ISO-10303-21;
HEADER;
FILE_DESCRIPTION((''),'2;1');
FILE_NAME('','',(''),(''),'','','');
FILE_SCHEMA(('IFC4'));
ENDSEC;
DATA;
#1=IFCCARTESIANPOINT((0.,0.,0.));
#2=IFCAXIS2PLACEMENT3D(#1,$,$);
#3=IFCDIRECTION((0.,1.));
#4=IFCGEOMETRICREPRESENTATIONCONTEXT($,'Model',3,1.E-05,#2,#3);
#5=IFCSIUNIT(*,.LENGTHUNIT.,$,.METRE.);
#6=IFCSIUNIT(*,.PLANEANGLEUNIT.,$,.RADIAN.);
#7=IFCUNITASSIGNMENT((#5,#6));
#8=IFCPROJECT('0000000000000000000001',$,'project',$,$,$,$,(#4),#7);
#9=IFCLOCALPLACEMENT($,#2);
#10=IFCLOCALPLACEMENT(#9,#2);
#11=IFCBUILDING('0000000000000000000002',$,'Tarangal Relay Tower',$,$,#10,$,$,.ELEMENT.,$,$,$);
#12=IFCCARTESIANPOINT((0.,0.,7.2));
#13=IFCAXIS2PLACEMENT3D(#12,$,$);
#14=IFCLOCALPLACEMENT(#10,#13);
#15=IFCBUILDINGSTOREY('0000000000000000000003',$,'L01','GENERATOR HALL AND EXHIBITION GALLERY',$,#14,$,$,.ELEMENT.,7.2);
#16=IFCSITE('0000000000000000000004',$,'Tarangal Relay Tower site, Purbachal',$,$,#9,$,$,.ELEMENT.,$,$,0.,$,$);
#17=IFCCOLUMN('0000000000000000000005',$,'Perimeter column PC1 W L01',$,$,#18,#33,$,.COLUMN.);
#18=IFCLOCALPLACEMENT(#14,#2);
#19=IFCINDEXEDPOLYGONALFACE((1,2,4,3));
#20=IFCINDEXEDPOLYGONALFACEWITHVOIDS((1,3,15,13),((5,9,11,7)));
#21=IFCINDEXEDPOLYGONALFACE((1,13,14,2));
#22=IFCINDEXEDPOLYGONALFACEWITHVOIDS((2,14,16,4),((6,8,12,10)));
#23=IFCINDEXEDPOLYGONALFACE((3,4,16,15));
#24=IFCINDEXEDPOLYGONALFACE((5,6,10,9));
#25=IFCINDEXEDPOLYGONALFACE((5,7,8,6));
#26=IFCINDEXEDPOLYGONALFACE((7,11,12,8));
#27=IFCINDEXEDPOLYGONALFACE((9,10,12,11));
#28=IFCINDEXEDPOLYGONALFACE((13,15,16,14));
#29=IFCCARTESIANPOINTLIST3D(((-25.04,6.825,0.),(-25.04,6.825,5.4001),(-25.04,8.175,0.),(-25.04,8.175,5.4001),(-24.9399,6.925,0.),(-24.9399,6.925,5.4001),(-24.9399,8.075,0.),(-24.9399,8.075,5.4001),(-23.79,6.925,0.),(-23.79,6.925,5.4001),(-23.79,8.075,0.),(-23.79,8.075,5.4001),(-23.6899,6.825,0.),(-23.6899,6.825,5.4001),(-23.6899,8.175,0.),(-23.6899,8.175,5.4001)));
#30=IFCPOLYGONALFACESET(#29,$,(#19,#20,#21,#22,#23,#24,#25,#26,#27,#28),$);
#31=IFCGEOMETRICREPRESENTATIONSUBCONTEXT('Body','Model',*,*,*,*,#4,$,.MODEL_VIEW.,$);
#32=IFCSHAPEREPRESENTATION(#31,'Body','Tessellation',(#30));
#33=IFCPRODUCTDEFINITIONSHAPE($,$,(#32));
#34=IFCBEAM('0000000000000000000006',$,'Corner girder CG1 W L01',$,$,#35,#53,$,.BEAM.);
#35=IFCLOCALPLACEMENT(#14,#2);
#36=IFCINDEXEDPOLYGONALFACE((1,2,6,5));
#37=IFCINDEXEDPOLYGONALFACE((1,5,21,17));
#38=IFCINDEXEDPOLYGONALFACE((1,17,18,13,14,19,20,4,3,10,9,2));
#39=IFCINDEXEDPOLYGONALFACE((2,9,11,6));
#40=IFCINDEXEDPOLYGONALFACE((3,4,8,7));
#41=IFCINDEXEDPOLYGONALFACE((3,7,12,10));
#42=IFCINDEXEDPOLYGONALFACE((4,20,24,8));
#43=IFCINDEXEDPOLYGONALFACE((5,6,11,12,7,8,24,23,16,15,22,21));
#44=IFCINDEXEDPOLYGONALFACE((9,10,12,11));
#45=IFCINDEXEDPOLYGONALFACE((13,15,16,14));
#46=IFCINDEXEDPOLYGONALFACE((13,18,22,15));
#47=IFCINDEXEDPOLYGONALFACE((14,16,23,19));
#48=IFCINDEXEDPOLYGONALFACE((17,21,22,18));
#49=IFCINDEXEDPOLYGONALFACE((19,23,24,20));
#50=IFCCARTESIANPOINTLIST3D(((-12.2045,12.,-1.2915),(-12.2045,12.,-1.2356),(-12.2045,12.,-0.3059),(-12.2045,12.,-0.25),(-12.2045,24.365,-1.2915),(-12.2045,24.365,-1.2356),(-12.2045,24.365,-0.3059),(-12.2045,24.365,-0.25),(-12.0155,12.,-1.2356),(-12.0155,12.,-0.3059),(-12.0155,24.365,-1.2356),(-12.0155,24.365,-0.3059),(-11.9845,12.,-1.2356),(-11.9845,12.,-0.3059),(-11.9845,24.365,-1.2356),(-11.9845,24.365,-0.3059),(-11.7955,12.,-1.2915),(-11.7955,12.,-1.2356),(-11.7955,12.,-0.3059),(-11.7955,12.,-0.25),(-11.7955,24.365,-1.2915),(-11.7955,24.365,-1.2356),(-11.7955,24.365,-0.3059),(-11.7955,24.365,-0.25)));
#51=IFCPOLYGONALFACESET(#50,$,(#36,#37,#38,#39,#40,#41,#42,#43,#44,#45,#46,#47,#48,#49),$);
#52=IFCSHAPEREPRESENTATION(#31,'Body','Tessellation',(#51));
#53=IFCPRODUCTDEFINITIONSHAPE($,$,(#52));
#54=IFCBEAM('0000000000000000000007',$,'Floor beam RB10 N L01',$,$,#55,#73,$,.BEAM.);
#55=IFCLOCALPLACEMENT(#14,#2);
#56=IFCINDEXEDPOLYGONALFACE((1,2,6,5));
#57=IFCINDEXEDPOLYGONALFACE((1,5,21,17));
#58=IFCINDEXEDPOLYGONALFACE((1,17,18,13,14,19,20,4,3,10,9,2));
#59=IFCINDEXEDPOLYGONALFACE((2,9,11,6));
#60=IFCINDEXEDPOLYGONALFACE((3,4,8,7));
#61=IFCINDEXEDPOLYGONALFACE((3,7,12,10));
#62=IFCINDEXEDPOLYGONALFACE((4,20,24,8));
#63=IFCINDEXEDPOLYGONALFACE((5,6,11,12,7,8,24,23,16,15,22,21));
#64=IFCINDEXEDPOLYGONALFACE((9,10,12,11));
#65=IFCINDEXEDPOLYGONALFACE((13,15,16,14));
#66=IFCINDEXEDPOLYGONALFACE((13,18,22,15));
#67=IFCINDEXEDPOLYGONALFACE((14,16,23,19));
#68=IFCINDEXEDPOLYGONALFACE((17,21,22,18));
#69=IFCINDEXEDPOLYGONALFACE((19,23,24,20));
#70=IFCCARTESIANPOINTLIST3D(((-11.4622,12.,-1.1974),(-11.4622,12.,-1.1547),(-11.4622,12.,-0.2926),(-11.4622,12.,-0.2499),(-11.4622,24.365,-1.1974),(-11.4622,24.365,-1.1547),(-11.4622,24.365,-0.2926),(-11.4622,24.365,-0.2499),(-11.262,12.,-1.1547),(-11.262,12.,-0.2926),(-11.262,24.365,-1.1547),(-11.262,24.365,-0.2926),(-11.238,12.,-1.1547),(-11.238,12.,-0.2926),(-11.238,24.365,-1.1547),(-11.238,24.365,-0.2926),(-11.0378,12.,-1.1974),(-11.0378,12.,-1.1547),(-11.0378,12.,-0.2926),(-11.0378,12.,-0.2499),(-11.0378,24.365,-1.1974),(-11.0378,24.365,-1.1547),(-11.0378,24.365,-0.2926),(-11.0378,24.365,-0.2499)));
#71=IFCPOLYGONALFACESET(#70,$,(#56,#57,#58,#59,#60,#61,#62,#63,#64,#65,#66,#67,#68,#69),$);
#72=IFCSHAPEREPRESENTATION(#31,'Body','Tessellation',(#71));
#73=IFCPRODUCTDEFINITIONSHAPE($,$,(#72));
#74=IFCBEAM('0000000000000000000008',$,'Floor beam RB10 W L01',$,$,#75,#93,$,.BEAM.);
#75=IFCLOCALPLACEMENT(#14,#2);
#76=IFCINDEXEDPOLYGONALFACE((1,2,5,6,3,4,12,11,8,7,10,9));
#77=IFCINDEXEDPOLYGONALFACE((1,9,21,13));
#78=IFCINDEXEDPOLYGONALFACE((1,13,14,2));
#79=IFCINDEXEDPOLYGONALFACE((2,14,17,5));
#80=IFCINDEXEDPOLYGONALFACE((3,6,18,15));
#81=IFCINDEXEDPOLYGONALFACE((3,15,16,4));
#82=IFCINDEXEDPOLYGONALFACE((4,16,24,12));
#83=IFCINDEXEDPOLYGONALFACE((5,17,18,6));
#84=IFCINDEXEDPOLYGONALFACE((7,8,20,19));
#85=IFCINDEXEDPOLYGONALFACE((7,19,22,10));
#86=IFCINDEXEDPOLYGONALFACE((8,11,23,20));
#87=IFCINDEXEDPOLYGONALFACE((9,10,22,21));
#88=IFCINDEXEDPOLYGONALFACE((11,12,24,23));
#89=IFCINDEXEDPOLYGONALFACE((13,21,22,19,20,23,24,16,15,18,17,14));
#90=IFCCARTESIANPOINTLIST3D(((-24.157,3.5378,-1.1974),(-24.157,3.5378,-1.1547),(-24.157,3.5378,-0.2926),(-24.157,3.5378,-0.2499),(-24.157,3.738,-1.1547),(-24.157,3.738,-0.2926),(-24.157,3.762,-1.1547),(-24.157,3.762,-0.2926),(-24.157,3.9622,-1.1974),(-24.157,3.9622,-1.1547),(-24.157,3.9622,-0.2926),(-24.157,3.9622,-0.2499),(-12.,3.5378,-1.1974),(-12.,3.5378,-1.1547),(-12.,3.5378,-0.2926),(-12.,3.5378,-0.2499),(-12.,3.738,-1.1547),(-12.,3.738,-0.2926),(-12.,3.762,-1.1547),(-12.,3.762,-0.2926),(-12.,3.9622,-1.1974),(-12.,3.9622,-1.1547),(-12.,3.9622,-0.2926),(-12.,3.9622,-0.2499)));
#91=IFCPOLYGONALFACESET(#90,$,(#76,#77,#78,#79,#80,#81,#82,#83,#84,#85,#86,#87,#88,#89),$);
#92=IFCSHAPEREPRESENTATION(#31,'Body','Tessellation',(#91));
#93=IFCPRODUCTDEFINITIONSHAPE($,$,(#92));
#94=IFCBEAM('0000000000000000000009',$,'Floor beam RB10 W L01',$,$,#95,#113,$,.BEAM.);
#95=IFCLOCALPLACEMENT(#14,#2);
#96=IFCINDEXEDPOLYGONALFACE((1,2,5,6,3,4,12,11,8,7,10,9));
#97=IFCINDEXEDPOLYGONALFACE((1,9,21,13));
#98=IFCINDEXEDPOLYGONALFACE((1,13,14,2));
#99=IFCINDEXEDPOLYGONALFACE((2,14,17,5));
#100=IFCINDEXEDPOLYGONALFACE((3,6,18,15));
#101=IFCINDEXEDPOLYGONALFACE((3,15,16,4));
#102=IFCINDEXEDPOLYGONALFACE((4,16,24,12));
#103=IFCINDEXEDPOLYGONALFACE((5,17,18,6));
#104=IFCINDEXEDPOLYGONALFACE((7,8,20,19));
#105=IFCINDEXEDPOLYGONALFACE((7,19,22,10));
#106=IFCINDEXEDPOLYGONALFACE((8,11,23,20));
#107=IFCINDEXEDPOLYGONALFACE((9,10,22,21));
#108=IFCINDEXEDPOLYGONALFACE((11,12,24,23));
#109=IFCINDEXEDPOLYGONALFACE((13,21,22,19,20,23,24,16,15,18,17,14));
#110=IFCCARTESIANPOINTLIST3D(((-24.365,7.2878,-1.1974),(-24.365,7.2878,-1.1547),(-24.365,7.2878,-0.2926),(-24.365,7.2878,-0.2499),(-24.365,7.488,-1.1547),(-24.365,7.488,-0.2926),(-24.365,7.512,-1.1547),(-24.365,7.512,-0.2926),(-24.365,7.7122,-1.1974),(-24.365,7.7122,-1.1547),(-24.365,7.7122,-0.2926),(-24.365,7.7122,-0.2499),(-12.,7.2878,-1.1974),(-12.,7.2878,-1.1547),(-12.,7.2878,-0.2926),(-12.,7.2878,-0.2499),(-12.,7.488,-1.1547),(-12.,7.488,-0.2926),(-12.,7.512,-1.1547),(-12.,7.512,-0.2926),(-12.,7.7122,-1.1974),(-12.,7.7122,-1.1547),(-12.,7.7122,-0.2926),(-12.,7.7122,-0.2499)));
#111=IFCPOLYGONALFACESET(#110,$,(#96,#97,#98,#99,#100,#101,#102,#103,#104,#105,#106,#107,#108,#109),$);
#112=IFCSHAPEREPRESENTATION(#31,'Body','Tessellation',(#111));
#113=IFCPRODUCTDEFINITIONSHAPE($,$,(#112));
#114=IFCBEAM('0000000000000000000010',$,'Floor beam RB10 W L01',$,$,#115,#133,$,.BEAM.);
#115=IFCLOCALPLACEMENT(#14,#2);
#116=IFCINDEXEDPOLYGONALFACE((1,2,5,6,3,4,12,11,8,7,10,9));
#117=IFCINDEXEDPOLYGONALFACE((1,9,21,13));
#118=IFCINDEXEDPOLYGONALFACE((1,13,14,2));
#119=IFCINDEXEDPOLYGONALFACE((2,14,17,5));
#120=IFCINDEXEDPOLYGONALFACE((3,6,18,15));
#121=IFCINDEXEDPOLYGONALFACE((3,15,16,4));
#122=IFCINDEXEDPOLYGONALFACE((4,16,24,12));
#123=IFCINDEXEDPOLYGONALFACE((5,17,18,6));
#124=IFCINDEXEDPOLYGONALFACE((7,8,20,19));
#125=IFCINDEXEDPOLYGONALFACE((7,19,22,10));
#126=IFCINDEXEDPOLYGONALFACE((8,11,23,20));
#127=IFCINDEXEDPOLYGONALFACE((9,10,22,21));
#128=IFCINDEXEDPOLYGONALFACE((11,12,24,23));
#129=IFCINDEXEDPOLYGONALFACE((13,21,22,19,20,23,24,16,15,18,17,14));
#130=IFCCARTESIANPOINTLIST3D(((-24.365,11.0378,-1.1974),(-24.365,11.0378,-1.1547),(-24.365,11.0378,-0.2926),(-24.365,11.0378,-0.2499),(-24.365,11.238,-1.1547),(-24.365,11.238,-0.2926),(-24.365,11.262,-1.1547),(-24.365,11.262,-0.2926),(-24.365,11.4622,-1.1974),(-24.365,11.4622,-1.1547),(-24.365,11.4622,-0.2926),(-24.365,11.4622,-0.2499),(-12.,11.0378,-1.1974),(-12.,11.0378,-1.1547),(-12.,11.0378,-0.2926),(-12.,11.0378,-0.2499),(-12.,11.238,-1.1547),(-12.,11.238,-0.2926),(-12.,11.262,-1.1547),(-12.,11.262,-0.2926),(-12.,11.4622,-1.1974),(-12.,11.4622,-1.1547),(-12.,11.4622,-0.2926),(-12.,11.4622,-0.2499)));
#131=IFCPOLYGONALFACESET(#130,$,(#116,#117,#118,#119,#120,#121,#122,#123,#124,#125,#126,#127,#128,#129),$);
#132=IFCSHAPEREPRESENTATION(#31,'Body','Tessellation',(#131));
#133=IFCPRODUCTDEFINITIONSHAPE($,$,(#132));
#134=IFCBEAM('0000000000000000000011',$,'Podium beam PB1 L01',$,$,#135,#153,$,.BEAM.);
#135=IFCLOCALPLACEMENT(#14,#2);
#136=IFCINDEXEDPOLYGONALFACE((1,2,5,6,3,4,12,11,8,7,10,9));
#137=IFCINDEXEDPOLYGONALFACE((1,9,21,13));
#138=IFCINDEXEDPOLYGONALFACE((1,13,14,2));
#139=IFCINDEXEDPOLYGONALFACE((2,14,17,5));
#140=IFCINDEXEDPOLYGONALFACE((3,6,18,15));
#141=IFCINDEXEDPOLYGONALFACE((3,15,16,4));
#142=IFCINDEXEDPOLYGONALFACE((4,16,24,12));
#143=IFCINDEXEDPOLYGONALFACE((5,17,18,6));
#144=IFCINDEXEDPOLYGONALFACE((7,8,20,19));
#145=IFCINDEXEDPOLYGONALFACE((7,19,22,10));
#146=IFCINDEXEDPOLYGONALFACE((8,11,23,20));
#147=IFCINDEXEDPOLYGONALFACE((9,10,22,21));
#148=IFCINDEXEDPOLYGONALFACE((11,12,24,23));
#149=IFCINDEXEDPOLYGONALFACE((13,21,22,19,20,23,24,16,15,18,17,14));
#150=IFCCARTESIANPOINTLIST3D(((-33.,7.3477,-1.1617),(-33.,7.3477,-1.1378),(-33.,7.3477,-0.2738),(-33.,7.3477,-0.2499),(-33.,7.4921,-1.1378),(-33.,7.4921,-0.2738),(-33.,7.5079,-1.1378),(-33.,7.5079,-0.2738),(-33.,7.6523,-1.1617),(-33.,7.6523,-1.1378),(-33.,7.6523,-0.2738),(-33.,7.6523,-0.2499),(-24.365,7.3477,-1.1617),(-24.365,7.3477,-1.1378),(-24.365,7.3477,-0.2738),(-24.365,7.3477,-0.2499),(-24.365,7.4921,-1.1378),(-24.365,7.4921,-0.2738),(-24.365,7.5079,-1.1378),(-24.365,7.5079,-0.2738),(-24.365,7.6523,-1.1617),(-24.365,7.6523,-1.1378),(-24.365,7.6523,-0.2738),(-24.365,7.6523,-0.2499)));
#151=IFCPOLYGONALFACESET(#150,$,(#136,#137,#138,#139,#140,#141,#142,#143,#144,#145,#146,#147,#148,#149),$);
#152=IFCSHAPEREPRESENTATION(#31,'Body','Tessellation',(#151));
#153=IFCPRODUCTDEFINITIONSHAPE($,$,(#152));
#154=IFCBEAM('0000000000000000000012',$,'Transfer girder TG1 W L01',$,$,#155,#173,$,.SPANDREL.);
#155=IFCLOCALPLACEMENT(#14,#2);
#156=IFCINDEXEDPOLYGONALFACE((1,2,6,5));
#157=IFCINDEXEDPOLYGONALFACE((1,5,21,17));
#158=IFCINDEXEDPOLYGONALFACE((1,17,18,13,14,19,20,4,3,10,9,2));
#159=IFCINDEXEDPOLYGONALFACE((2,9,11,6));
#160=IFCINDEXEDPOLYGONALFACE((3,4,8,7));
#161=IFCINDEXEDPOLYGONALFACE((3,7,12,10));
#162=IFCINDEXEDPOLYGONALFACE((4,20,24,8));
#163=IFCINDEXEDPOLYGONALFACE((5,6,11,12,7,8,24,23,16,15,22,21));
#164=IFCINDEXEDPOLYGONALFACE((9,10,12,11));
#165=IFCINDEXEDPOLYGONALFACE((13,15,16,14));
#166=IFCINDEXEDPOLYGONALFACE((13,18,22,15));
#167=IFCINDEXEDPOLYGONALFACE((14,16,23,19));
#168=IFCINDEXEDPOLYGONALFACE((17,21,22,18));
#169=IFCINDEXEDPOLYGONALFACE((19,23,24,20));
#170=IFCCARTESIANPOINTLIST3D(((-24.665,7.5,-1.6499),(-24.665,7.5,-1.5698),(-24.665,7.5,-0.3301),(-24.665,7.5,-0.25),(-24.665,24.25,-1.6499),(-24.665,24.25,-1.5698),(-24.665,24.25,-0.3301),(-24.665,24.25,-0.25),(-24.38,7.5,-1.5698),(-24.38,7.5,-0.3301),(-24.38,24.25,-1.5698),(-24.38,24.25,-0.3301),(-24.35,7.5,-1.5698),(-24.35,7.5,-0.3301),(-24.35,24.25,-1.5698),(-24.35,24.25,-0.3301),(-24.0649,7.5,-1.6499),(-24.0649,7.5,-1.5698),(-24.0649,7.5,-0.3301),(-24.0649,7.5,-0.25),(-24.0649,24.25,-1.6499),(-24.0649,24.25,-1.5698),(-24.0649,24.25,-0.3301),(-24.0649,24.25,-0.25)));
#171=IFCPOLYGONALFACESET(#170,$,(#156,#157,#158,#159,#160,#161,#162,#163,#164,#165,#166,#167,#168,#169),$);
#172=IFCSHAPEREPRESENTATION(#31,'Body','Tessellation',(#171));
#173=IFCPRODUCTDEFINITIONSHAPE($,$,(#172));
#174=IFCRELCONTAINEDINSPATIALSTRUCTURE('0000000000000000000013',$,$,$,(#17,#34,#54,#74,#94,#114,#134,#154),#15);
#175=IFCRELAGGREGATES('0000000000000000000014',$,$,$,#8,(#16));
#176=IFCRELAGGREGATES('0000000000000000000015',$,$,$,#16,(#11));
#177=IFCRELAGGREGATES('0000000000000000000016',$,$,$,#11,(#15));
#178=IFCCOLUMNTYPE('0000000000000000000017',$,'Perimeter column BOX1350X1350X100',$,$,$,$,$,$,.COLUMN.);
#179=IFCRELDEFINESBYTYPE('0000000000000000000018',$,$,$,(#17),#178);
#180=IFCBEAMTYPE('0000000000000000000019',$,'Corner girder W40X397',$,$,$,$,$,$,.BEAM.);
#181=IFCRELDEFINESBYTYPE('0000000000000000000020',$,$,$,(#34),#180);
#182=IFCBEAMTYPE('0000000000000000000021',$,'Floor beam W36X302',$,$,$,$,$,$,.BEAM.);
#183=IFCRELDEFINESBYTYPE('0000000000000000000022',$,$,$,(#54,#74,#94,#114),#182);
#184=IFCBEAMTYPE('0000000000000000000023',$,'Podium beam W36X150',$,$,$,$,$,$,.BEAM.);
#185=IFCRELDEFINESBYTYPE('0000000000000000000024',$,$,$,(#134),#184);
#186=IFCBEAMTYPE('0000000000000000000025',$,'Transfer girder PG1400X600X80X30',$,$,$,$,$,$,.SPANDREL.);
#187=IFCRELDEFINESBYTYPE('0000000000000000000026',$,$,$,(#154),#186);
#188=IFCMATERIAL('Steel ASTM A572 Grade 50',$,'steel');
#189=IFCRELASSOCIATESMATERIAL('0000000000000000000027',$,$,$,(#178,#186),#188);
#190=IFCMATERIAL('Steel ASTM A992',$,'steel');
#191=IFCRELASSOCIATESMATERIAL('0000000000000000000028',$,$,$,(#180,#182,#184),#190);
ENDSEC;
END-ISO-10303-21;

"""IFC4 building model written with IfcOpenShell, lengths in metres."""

from ifc_helpers import new_model, si_unit, direction, frame, origin, origin_2d, place, context, subcontext, project, spatial, hollow_rectangle, i_section, extrude, material, material_profile, profile_set, type_object, element, save


model = new_model("IFC4")

# Units and contexts
model_context = context("Model", 3, precision=1e-05, world=origin(), true_north=direction((0.0, 1.0)))
body_context = subcontext(model_context, "Body", "Model", "MODEL_VIEW")
ifc_project = project(units=[si_unit("LENGTHUNIT", "METRE"), si_unit("PLANEANGLEUNIT", "RADIAN")], contexts=[model_context])

# Site, building, storey
site_placement = place(None, origin())
site = spatial("IfcSite", under=ifc_project, at=site_placement, Name="Tarangal Relay Tower site, Purbachal", CompositionType="ELEMENT", RefElevation=0.0)
building_placement = place(site_placement, origin())
building = spatial("IfcBuilding", under=site, at=building_placement, Name="Tarangal Relay Tower", CompositionType="ELEMENT")
storey_placement = place(building_placement, frame((0.0, 0.0, 7.2)))
storey = spatial("IfcBuildingStorey", under=building, at=storey_placement, Name="L01", Description="GENERATOR HALL AND EXHIBITION GALLERY", CompositionType="ELEMENT", Elevation=7.2)

# Column
ifc_material_1 = material(Name="Steel ASTM A572 Grade 50", Category="steel")
ifc_material_profile_1 = material_profile(ifc_material_1, hollow_rectangle(XDim=1.3501, YDim=1.3501, WallThickness=0.1001, at=origin_2d()), Name="BOX1350X1350X100")
ifc_profile_set_1 = profile_set([ifc_material_profile_1], Name="Steel ASTM A572 Grade 50")
column_type = type_object("IfcColumnType", Name="Perimeter column BOX1350X1350X100", PredefinedType="COLUMN", material=ifc_profile_set_1)
column_placement = place(storey_placement, frame((-24.365, 7.5, 0.0), z_axis=(0.0, 0.0, 1.0), x_axis=(1.0, 0.0, 0.0)))
element("IfcColumn", 1, at=column_placement, inside=storey, type_object=column_type, Name="Perimeter column PC1 W L01", PredefinedType="COLUMN", context=body_context, shape_type="SweptSolid", body=[
    extrude(hollow_rectangle(XDim=1.3501, YDim=1.3501, WallThickness=0.1001, at=origin_2d()), origin(), (0.0, 0.0, 1.0), 5.4001),
])

# Beams
ifc_material_2 = material(Name="Steel ASTM A992", Category="steel")
ifc_material_profile_2 = material_profile(ifc_material_2, i_section(OverallWidth=0.4089, OverallDepth=1.0415, WebThickness=0.031, FlangeThickness=0.0559, at=origin_2d()), Name="W40X397")
ifc_profile_set_2 = profile_set([ifc_material_profile_2], Name="Steel ASTM A992")
beam_type_1 = type_object("IfcBeamType", Name="Corner girder W40X397", PredefinedType="BEAM", material=ifc_profile_set_2)
beam_1_placement = place(storey_placement, frame((-12.0, 12.0, -0.7708), z_axis=(0.0, 1.0, 0.0), x_axis=(-1.0, 0.0, 0.0)))
element("IfcBeam", 2, at=beam_1_placement, inside=storey, type_object=beam_type_1, Name="Corner girder CG1 W L01", PredefinedType="BEAM", context=body_context, shape_type="SweptSolid", body=[
    extrude(i_section(OverallWidth=0.4089, OverallDepth=1.0415, WebThickness=0.031, FlangeThickness=0.0559, at=origin_2d()), origin(), (0.0, 0.0, 1.0), 12.365),
])
ifc_material_profile_3 = material_profile(ifc_material_2, i_section(OverallWidth=0.4243, OverallDepth=0.9475, WebThickness=0.0239, FlangeThickness=0.0427, at=origin_2d()), Name="W36X302")
ifc_profile_set_3 = profile_set([ifc_material_profile_3], Name="Steel ASTM A992")
beam_type_2 = type_object("IfcBeamType", Name="Floor beam W36X302", PredefinedType="BEAM", material=ifc_profile_set_3)
beam_2_placement = place(storey_placement, frame((-11.25, 12.0, -0.7236), z_axis=(0.0, 1.0, 0.0), x_axis=(-1.0, 0.0, 0.0)))
element("IfcBeam", 3, at=beam_2_placement, inside=storey, type_object=beam_type_2, Name="Floor beam RB10 N L01", PredefinedType="BEAM", context=body_context, shape_type="SweptSolid", body=[
    extrude(i_section(OverallWidth=0.4243, OverallDepth=0.9475, WebThickness=0.0239, FlangeThickness=0.0427, at=origin_2d()), origin(), (0.0, 0.0, 1.0), 12.365),
])
beam_3_placement = place(storey_placement, frame((-12.0, 3.75, -0.7236), z_axis=(-1.0, 0.0, 0.0), x_axis=(0.0, -1.0, 0.0)))
element("IfcBeam", 4, at=beam_3_placement, inside=storey, type_object=beam_type_2, Name="Floor beam RB10 W L01", PredefinedType="BEAM", context=body_context, shape_type="SweptSolid", body=[
    extrude(i_section(OverallWidth=0.4243, OverallDepth=0.9475, WebThickness=0.0239, FlangeThickness=0.0427, at=origin_2d()), origin(), (0.0, 0.0, 1.0), 12.157),
])
for number, where, z_axis, x_axis, name in (
    (5, (-12.0, 7.5, -0.7236), (-1.0, 0.0, 0.0), (0.0, -1.0, 0.0), "Floor beam RB10 W L01"),
    (6, (-12.0, 11.25, -0.7236), (-1.0, 0.0, 0.0), (0.0, -1.0, 0.0), "Floor beam RB10 W L01"),
):
    element("IfcBeam", number, at=place(storey_placement, frame(where, z_axis=z_axis, x_axis=x_axis)), inside=storey, type_object=beam_type_2, Name=name, PredefinedType="BEAM", context=body_context, shape_type="SweptSolid", body=[
        extrude(i_section(OverallWidth=0.4243, OverallDepth=0.9475, WebThickness=0.0239, FlangeThickness=0.0427, at=origin_2d()), origin(), (0.0, 0.0, 1.0), 12.365),
    ])
ifc_material_profile_4 = material_profile(ifc_material_2, i_section(OverallWidth=0.3047, OverallDepth=0.9119, WebThickness=0.0159, FlangeThickness=0.0239, at=origin_2d()), Name="W36X150")
ifc_profile_set_4 = profile_set([ifc_material_profile_4], Name="Steel ASTM A992")
beam_type_3 = type_object("IfcBeamType", Name="Podium beam W36X150", PredefinedType="BEAM", material=ifc_profile_set_4)
beam_4_placement = place(storey_placement, frame((-24.365, 7.5, -0.7058), z_axis=(-1.0, 0.0, 0.0), x_axis=(0.0, -1.0, 0.0)))
element("IfcBeam", 7, at=beam_4_placement, inside=storey, type_object=beam_type_3, Name="Podium beam PB1 L01", PredefinedType="BEAM", context=body_context, shape_type="SweptSolid", body=[
    extrude(i_section(OverallWidth=0.3047, OverallDepth=0.9119, WebThickness=0.0159, FlangeThickness=0.0239, at=origin_2d()), origin(), (0.0, 0.0, 1.0), 8.635),
])
ifc_material_profile_5 = material_profile(ifc_material_1, i_section(OverallWidth=0.6001, OverallDepth=1.3999, WebThickness=0.03, FlangeThickness=0.0801, at=origin_2d()), Name="PG1400X600X80X30")
ifc_profile_set_5 = profile_set([ifc_material_profile_5], Name="Steel ASTM A572 Grade 50")
beam_type_4 = type_object("IfcBeamType", Name="Transfer girder PG1400X600X80X30", PredefinedType="SPANDREL", material=ifc_profile_set_5)
beam_5_placement = place(storey_placement, frame((-24.365, 7.5, -0.95), z_axis=(0.0, 1.0, 0.0), x_axis=(-1.0, 0.0, 0.0)))
element("IfcBeam", 8, at=beam_5_placement, inside=storey, type_object=beam_type_4, Name="Transfer girder TG1 W L01", PredefinedType="SPANDREL", context=body_context, shape_type="SweptSolid", body=[
    extrude(i_section(OverallWidth=0.6001, OverallDepth=1.3999, WebThickness=0.03, FlangeThickness=0.0801, at=origin_2d()), origin(), (0.0, 0.0, 1.0), 16.75),
])

save(model, "model.ifc")
